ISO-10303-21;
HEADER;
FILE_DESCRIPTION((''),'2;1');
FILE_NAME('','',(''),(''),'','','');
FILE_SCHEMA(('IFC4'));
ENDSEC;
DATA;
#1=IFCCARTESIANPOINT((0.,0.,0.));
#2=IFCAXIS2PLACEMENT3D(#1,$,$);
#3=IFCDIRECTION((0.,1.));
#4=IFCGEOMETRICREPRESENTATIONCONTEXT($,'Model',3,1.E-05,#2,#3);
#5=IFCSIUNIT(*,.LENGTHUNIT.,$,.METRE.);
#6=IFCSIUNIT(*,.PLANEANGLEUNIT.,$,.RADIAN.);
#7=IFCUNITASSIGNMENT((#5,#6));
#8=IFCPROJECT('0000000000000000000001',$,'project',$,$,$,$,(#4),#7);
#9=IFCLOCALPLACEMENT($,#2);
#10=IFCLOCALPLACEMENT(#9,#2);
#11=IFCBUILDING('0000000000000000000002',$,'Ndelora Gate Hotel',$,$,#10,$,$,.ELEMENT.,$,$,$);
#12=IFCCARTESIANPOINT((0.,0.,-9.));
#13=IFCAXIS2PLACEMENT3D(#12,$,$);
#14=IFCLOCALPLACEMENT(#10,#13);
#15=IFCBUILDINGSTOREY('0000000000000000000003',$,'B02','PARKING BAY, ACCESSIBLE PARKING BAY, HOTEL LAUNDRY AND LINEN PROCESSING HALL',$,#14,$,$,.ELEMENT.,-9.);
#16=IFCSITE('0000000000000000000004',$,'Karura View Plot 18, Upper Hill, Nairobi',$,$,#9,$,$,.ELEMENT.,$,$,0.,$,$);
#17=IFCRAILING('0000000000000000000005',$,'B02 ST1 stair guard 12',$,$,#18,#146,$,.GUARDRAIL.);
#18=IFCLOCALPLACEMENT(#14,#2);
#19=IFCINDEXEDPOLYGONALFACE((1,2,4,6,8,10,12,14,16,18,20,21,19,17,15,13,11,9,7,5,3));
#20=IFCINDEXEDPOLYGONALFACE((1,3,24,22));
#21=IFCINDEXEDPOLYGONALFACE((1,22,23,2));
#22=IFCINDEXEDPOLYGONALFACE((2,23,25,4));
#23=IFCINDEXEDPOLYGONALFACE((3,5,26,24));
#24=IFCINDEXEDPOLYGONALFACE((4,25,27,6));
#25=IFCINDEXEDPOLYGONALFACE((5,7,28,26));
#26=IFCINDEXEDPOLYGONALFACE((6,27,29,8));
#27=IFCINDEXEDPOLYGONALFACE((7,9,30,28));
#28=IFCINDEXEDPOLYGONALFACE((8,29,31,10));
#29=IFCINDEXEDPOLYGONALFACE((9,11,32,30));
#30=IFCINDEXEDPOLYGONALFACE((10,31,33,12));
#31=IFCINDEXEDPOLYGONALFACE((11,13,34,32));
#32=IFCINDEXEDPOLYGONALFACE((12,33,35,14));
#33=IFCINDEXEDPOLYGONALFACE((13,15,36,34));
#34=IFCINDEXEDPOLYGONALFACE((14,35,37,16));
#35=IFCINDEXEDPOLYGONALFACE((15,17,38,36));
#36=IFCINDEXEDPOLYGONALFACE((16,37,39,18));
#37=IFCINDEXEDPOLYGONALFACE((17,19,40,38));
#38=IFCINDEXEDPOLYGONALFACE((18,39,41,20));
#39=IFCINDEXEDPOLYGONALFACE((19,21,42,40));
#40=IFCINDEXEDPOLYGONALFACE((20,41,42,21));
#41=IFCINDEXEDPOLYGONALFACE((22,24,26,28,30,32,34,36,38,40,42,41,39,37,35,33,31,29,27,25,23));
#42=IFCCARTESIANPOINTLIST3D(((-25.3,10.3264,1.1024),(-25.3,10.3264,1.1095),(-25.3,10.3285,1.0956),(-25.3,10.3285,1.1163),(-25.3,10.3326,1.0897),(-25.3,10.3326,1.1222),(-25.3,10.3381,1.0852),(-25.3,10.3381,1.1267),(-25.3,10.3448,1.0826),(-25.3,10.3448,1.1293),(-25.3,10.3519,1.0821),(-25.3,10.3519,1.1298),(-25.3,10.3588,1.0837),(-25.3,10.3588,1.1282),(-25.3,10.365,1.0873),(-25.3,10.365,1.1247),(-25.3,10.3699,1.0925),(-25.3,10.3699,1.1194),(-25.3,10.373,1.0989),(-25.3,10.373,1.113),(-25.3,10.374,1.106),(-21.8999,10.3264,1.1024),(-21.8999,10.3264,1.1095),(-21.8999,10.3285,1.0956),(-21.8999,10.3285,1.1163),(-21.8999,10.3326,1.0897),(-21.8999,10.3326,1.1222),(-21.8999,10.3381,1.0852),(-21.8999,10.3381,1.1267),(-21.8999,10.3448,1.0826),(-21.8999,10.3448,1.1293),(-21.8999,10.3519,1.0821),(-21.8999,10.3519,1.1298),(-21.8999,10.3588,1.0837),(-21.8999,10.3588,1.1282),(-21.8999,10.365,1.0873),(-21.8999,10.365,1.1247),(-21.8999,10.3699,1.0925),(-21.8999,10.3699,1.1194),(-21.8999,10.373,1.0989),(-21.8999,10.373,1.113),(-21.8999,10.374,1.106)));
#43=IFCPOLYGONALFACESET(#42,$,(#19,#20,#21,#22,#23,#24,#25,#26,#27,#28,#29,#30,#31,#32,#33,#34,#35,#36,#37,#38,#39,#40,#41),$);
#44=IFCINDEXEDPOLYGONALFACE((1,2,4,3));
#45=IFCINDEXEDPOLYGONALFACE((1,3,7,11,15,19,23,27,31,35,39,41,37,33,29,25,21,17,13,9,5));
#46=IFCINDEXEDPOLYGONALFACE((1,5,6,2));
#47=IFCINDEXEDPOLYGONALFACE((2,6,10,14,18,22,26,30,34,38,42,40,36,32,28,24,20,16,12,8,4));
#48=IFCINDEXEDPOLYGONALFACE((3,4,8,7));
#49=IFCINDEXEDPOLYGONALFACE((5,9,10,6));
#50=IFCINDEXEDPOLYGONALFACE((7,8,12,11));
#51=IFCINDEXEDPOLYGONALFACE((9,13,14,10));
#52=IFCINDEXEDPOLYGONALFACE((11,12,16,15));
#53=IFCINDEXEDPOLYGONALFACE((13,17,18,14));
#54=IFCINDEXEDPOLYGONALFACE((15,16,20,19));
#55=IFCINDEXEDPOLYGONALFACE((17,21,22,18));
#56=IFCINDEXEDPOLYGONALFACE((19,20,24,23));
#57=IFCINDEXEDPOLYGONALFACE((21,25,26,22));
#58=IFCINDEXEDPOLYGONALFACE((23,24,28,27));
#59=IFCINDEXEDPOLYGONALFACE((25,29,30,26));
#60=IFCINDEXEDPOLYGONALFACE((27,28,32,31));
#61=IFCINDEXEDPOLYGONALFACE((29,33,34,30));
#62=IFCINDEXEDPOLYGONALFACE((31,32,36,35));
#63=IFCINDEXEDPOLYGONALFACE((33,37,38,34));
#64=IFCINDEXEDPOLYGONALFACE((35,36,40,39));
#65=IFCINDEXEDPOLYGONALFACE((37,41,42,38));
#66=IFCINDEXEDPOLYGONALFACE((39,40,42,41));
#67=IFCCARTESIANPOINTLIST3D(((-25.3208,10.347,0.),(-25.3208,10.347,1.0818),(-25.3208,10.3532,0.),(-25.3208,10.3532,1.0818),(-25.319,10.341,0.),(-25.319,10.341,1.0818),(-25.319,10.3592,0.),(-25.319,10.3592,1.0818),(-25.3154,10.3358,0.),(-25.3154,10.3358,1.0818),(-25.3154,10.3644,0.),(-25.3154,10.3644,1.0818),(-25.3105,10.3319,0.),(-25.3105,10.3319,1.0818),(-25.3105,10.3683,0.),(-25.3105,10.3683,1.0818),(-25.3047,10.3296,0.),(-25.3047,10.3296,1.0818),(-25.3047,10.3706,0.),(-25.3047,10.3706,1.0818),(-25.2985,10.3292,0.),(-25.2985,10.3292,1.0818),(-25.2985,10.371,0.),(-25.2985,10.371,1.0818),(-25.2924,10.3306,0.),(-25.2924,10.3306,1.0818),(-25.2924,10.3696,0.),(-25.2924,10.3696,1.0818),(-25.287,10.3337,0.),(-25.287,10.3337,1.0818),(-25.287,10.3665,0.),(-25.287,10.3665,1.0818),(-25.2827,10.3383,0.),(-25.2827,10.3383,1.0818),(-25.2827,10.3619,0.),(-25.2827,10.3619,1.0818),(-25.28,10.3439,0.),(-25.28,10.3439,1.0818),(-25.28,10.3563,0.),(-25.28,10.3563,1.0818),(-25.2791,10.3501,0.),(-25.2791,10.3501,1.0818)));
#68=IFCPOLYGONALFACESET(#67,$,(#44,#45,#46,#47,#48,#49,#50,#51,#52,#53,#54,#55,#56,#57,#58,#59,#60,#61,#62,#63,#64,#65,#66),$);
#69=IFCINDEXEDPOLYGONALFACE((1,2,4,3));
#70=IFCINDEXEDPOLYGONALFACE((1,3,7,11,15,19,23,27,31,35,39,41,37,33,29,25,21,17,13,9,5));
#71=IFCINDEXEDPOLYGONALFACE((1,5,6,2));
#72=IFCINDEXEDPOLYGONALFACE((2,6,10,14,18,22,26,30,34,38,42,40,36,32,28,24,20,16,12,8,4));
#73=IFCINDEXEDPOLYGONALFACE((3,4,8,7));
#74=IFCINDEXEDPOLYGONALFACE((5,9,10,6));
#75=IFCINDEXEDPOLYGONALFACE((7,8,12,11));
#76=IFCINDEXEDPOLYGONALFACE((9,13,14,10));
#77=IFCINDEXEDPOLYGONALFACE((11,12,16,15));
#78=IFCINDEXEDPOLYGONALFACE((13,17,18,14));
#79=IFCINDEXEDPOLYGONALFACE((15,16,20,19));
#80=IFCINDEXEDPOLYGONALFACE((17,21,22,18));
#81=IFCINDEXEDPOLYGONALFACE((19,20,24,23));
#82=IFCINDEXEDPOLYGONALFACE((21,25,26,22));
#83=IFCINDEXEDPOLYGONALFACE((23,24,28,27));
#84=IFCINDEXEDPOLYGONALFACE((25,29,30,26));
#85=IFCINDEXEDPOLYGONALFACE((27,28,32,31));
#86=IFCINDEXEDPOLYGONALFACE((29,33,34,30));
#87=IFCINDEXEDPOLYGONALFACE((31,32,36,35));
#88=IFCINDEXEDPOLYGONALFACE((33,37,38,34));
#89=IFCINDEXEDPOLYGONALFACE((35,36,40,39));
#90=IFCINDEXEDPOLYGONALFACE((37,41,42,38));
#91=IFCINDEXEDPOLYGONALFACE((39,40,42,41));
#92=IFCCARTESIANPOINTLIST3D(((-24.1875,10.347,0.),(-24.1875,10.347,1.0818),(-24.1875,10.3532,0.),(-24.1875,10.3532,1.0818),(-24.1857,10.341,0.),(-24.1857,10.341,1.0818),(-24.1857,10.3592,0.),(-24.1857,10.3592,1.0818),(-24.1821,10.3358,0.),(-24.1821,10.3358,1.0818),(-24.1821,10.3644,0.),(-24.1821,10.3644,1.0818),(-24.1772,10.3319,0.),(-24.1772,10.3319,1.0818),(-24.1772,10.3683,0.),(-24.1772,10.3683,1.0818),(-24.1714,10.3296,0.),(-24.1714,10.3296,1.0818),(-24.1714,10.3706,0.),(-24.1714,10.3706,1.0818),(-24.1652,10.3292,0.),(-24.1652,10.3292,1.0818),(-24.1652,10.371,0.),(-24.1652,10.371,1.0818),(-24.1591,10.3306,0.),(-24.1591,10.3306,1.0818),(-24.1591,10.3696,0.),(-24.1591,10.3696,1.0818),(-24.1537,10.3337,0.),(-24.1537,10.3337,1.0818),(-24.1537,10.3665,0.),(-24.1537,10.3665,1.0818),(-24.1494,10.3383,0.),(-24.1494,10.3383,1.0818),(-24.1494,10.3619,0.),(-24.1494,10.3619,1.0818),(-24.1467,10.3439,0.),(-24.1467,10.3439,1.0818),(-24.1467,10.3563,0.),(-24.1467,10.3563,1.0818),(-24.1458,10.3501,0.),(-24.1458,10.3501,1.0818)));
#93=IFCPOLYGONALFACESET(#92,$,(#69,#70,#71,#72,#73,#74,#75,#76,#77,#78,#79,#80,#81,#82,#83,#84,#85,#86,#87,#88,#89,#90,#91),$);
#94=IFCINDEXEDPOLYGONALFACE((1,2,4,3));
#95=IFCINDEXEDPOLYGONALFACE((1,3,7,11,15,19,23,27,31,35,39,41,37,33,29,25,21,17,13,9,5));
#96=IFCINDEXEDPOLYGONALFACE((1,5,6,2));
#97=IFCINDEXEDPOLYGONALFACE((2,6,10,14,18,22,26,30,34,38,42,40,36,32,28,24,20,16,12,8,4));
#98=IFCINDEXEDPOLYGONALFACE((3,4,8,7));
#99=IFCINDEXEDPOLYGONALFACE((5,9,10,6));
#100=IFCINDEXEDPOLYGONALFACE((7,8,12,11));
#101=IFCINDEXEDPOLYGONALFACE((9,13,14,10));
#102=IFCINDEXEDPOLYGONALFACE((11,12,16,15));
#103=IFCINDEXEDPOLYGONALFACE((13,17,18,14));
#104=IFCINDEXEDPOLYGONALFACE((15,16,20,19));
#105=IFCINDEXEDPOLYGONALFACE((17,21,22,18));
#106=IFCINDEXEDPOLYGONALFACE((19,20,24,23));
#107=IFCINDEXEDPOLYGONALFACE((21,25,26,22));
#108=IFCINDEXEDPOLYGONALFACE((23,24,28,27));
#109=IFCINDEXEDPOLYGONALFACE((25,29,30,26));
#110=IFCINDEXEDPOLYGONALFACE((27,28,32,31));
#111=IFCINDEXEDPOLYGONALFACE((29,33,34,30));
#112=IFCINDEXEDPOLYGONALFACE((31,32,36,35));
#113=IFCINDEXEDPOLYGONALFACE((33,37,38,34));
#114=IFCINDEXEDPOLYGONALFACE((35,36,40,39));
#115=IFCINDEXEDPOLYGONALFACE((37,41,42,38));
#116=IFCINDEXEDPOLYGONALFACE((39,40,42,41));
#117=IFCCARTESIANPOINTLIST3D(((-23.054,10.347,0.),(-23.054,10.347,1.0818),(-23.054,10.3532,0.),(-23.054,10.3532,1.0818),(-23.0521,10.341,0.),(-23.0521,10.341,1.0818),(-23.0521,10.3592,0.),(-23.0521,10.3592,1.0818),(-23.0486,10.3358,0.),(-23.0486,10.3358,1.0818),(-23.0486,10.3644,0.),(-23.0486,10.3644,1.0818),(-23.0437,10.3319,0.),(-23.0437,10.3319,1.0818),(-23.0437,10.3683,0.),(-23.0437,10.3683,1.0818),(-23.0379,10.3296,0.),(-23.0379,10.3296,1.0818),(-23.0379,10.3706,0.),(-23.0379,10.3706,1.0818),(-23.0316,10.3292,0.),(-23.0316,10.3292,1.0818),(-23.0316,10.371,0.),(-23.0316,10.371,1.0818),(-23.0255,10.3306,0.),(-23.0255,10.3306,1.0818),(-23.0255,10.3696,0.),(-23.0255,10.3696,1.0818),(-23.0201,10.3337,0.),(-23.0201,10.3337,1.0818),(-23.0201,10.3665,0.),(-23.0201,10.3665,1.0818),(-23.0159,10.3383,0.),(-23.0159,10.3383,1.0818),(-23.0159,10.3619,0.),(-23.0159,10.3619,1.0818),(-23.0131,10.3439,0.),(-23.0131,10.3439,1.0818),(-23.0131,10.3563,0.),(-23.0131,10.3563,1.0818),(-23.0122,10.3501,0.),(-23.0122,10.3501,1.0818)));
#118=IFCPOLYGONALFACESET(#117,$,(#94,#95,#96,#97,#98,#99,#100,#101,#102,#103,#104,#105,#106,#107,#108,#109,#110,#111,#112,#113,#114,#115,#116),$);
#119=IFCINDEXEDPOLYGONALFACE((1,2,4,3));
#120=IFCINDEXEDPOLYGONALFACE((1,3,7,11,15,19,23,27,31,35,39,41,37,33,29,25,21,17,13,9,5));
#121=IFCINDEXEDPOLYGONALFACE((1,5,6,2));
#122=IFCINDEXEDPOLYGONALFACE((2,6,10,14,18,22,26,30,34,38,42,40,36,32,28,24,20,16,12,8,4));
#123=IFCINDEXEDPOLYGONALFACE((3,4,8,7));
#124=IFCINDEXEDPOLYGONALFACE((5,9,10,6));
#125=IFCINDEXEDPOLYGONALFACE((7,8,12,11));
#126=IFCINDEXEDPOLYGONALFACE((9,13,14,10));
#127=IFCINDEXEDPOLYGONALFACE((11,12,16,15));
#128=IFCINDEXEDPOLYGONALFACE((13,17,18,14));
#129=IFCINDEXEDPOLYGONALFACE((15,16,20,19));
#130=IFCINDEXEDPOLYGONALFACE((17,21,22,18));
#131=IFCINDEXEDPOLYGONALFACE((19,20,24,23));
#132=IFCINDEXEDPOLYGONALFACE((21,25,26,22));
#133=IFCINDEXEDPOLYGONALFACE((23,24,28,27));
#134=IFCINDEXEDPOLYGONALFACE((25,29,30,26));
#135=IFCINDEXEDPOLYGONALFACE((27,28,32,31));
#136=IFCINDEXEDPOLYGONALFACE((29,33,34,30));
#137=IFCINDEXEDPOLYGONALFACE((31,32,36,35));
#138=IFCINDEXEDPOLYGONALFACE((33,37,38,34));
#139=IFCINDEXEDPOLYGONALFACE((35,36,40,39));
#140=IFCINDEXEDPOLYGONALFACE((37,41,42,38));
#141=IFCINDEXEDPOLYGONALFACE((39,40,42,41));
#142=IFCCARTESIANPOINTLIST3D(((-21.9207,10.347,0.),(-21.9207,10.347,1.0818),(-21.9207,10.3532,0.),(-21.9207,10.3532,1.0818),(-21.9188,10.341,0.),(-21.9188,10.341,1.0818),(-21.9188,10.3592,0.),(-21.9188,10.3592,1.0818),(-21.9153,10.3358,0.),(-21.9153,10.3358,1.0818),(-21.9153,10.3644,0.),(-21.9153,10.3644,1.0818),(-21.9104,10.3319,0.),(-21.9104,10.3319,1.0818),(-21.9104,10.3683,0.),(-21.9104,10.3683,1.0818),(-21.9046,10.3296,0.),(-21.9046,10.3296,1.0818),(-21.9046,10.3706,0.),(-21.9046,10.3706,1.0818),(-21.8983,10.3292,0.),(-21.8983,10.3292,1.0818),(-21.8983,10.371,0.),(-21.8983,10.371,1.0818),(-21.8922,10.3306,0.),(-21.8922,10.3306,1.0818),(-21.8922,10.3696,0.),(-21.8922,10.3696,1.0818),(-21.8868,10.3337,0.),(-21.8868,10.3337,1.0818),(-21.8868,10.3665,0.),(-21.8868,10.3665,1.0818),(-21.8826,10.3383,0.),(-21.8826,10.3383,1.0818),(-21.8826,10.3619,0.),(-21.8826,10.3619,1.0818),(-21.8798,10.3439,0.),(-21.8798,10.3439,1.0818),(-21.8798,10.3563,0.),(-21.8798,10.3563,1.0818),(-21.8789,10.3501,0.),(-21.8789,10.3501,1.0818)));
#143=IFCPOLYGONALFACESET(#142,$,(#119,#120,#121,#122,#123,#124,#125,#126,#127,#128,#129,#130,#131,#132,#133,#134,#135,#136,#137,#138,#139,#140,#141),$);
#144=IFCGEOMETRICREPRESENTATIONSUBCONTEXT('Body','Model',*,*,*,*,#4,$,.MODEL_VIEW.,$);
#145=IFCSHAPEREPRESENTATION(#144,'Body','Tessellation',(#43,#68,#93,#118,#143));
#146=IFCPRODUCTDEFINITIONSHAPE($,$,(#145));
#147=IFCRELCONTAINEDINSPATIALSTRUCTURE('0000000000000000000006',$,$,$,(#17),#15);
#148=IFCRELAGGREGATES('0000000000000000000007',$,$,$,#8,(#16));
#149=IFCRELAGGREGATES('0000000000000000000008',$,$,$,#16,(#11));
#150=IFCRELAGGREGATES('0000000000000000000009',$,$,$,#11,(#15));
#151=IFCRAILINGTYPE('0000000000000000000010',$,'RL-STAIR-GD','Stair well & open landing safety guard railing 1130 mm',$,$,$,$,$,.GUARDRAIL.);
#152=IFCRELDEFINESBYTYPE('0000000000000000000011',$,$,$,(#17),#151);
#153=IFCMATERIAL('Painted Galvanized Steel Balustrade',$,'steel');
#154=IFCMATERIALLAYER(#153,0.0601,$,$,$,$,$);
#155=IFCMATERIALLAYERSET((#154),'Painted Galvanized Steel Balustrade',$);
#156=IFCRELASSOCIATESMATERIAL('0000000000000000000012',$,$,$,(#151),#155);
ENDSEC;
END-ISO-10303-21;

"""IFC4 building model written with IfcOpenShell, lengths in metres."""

from ifc_helpers import new_model, si_unit, direction, frame, origin, origin_2d, place, context, subcontext, project, spatial, circle, extrude, material, layer, layer_set, type_object, element, save


model = new_model("IFC4")

# Units and contexts
model_context = context("Model", 3, precision=1e-05, world=origin(), true_north=direction((0.0, 1.0)))
body_context = subcontext(model_context, "Body", "Model", "MODEL_VIEW")
ifc_project = project(units=[si_unit("LENGTHUNIT", "METRE"), si_unit("PLANEANGLEUNIT", "RADIAN")], contexts=[model_context])

# Site, building, storey
site_placement = place(None, origin())
site = spatial("IfcSite", under=ifc_project, at=site_placement, Name="Karura View Plot 18, Upper Hill, Nairobi", CompositionType="ELEMENT", RefElevation=0.0)
building_placement = place(site_placement, origin())
building = spatial("IfcBuilding", under=site, at=building_placement, Name="Ndelora Gate Hotel", CompositionType="ELEMENT")
storey_placement = place(building_placement, frame((0.0, 0.0, -9.0)))
storey = spatial("IfcBuildingStorey", under=building, at=storey_placement, Name="B02", Description="PARKING BAY, ACCESSIBLE PARKING BAY, HOTEL LAUNDRY AND LINEN PROCESSING HALL", CompositionType="ELEMENT", Elevation=-9.0)

# Railing
ifc_material_1 = material(Name="Painted Galvanized Steel Balustrade", Category="steel")
ifc_layer_1 = layer(ifc_material_1, 0.0601)
ifc_layer_set_1 = layer_set([ifc_layer_1], Name="Painted Galvanized Steel Balustrade")
railing_type_1 = type_object("IfcRailingType", Name="RL-STAIR-GD", Description="Stair well & open landing safety guard railing 1130 mm", PredefinedType="GUARDRAIL", material=ifc_layer_set_1)
railing_1_placement = place(storey_placement, frame((-25.3, 10.3501, 0.0)))
element("IfcRailing", 1, at=railing_1_placement, inside=storey, type_object=railing_type_1, Name="B02 ST1 stair guard 12", PredefinedType="GUARDRAIL", context=body_context, shape_type="SweptSolid", body=[
    extrude(circle(Radius=0.0239, at=origin_2d()), frame((0.0, 0.0, 1.106), z_axis=(1.0, 0.0, 0.0), x_axis=(0.0, 1.0, 0.0)), (0.0, 0.0, 1.0), 3.4001),
    extrude(circle(Radius=0.021, at=origin_2d()), origin(), (0.0, 0.0, 1.0), 1.0818),
    extrude(circle(Radius=0.021, at=origin_2d()), frame((1.1333, 0.0, 0.0)), (0.0, 0.0, 1.0), 1.0818),
    extrude(circle(Radius=0.021, at=origin_2d()), frame((2.2668, 0.0, 0.0)), (0.0, 0.0, 1.0), 1.0818),
    extrude(circle(Radius=0.021, at=origin_2d()), frame((3.4001, 0.0, 0.0)), (0.0, 0.0, 1.0), 1.0818),
])

save(model, "model.ifc")
